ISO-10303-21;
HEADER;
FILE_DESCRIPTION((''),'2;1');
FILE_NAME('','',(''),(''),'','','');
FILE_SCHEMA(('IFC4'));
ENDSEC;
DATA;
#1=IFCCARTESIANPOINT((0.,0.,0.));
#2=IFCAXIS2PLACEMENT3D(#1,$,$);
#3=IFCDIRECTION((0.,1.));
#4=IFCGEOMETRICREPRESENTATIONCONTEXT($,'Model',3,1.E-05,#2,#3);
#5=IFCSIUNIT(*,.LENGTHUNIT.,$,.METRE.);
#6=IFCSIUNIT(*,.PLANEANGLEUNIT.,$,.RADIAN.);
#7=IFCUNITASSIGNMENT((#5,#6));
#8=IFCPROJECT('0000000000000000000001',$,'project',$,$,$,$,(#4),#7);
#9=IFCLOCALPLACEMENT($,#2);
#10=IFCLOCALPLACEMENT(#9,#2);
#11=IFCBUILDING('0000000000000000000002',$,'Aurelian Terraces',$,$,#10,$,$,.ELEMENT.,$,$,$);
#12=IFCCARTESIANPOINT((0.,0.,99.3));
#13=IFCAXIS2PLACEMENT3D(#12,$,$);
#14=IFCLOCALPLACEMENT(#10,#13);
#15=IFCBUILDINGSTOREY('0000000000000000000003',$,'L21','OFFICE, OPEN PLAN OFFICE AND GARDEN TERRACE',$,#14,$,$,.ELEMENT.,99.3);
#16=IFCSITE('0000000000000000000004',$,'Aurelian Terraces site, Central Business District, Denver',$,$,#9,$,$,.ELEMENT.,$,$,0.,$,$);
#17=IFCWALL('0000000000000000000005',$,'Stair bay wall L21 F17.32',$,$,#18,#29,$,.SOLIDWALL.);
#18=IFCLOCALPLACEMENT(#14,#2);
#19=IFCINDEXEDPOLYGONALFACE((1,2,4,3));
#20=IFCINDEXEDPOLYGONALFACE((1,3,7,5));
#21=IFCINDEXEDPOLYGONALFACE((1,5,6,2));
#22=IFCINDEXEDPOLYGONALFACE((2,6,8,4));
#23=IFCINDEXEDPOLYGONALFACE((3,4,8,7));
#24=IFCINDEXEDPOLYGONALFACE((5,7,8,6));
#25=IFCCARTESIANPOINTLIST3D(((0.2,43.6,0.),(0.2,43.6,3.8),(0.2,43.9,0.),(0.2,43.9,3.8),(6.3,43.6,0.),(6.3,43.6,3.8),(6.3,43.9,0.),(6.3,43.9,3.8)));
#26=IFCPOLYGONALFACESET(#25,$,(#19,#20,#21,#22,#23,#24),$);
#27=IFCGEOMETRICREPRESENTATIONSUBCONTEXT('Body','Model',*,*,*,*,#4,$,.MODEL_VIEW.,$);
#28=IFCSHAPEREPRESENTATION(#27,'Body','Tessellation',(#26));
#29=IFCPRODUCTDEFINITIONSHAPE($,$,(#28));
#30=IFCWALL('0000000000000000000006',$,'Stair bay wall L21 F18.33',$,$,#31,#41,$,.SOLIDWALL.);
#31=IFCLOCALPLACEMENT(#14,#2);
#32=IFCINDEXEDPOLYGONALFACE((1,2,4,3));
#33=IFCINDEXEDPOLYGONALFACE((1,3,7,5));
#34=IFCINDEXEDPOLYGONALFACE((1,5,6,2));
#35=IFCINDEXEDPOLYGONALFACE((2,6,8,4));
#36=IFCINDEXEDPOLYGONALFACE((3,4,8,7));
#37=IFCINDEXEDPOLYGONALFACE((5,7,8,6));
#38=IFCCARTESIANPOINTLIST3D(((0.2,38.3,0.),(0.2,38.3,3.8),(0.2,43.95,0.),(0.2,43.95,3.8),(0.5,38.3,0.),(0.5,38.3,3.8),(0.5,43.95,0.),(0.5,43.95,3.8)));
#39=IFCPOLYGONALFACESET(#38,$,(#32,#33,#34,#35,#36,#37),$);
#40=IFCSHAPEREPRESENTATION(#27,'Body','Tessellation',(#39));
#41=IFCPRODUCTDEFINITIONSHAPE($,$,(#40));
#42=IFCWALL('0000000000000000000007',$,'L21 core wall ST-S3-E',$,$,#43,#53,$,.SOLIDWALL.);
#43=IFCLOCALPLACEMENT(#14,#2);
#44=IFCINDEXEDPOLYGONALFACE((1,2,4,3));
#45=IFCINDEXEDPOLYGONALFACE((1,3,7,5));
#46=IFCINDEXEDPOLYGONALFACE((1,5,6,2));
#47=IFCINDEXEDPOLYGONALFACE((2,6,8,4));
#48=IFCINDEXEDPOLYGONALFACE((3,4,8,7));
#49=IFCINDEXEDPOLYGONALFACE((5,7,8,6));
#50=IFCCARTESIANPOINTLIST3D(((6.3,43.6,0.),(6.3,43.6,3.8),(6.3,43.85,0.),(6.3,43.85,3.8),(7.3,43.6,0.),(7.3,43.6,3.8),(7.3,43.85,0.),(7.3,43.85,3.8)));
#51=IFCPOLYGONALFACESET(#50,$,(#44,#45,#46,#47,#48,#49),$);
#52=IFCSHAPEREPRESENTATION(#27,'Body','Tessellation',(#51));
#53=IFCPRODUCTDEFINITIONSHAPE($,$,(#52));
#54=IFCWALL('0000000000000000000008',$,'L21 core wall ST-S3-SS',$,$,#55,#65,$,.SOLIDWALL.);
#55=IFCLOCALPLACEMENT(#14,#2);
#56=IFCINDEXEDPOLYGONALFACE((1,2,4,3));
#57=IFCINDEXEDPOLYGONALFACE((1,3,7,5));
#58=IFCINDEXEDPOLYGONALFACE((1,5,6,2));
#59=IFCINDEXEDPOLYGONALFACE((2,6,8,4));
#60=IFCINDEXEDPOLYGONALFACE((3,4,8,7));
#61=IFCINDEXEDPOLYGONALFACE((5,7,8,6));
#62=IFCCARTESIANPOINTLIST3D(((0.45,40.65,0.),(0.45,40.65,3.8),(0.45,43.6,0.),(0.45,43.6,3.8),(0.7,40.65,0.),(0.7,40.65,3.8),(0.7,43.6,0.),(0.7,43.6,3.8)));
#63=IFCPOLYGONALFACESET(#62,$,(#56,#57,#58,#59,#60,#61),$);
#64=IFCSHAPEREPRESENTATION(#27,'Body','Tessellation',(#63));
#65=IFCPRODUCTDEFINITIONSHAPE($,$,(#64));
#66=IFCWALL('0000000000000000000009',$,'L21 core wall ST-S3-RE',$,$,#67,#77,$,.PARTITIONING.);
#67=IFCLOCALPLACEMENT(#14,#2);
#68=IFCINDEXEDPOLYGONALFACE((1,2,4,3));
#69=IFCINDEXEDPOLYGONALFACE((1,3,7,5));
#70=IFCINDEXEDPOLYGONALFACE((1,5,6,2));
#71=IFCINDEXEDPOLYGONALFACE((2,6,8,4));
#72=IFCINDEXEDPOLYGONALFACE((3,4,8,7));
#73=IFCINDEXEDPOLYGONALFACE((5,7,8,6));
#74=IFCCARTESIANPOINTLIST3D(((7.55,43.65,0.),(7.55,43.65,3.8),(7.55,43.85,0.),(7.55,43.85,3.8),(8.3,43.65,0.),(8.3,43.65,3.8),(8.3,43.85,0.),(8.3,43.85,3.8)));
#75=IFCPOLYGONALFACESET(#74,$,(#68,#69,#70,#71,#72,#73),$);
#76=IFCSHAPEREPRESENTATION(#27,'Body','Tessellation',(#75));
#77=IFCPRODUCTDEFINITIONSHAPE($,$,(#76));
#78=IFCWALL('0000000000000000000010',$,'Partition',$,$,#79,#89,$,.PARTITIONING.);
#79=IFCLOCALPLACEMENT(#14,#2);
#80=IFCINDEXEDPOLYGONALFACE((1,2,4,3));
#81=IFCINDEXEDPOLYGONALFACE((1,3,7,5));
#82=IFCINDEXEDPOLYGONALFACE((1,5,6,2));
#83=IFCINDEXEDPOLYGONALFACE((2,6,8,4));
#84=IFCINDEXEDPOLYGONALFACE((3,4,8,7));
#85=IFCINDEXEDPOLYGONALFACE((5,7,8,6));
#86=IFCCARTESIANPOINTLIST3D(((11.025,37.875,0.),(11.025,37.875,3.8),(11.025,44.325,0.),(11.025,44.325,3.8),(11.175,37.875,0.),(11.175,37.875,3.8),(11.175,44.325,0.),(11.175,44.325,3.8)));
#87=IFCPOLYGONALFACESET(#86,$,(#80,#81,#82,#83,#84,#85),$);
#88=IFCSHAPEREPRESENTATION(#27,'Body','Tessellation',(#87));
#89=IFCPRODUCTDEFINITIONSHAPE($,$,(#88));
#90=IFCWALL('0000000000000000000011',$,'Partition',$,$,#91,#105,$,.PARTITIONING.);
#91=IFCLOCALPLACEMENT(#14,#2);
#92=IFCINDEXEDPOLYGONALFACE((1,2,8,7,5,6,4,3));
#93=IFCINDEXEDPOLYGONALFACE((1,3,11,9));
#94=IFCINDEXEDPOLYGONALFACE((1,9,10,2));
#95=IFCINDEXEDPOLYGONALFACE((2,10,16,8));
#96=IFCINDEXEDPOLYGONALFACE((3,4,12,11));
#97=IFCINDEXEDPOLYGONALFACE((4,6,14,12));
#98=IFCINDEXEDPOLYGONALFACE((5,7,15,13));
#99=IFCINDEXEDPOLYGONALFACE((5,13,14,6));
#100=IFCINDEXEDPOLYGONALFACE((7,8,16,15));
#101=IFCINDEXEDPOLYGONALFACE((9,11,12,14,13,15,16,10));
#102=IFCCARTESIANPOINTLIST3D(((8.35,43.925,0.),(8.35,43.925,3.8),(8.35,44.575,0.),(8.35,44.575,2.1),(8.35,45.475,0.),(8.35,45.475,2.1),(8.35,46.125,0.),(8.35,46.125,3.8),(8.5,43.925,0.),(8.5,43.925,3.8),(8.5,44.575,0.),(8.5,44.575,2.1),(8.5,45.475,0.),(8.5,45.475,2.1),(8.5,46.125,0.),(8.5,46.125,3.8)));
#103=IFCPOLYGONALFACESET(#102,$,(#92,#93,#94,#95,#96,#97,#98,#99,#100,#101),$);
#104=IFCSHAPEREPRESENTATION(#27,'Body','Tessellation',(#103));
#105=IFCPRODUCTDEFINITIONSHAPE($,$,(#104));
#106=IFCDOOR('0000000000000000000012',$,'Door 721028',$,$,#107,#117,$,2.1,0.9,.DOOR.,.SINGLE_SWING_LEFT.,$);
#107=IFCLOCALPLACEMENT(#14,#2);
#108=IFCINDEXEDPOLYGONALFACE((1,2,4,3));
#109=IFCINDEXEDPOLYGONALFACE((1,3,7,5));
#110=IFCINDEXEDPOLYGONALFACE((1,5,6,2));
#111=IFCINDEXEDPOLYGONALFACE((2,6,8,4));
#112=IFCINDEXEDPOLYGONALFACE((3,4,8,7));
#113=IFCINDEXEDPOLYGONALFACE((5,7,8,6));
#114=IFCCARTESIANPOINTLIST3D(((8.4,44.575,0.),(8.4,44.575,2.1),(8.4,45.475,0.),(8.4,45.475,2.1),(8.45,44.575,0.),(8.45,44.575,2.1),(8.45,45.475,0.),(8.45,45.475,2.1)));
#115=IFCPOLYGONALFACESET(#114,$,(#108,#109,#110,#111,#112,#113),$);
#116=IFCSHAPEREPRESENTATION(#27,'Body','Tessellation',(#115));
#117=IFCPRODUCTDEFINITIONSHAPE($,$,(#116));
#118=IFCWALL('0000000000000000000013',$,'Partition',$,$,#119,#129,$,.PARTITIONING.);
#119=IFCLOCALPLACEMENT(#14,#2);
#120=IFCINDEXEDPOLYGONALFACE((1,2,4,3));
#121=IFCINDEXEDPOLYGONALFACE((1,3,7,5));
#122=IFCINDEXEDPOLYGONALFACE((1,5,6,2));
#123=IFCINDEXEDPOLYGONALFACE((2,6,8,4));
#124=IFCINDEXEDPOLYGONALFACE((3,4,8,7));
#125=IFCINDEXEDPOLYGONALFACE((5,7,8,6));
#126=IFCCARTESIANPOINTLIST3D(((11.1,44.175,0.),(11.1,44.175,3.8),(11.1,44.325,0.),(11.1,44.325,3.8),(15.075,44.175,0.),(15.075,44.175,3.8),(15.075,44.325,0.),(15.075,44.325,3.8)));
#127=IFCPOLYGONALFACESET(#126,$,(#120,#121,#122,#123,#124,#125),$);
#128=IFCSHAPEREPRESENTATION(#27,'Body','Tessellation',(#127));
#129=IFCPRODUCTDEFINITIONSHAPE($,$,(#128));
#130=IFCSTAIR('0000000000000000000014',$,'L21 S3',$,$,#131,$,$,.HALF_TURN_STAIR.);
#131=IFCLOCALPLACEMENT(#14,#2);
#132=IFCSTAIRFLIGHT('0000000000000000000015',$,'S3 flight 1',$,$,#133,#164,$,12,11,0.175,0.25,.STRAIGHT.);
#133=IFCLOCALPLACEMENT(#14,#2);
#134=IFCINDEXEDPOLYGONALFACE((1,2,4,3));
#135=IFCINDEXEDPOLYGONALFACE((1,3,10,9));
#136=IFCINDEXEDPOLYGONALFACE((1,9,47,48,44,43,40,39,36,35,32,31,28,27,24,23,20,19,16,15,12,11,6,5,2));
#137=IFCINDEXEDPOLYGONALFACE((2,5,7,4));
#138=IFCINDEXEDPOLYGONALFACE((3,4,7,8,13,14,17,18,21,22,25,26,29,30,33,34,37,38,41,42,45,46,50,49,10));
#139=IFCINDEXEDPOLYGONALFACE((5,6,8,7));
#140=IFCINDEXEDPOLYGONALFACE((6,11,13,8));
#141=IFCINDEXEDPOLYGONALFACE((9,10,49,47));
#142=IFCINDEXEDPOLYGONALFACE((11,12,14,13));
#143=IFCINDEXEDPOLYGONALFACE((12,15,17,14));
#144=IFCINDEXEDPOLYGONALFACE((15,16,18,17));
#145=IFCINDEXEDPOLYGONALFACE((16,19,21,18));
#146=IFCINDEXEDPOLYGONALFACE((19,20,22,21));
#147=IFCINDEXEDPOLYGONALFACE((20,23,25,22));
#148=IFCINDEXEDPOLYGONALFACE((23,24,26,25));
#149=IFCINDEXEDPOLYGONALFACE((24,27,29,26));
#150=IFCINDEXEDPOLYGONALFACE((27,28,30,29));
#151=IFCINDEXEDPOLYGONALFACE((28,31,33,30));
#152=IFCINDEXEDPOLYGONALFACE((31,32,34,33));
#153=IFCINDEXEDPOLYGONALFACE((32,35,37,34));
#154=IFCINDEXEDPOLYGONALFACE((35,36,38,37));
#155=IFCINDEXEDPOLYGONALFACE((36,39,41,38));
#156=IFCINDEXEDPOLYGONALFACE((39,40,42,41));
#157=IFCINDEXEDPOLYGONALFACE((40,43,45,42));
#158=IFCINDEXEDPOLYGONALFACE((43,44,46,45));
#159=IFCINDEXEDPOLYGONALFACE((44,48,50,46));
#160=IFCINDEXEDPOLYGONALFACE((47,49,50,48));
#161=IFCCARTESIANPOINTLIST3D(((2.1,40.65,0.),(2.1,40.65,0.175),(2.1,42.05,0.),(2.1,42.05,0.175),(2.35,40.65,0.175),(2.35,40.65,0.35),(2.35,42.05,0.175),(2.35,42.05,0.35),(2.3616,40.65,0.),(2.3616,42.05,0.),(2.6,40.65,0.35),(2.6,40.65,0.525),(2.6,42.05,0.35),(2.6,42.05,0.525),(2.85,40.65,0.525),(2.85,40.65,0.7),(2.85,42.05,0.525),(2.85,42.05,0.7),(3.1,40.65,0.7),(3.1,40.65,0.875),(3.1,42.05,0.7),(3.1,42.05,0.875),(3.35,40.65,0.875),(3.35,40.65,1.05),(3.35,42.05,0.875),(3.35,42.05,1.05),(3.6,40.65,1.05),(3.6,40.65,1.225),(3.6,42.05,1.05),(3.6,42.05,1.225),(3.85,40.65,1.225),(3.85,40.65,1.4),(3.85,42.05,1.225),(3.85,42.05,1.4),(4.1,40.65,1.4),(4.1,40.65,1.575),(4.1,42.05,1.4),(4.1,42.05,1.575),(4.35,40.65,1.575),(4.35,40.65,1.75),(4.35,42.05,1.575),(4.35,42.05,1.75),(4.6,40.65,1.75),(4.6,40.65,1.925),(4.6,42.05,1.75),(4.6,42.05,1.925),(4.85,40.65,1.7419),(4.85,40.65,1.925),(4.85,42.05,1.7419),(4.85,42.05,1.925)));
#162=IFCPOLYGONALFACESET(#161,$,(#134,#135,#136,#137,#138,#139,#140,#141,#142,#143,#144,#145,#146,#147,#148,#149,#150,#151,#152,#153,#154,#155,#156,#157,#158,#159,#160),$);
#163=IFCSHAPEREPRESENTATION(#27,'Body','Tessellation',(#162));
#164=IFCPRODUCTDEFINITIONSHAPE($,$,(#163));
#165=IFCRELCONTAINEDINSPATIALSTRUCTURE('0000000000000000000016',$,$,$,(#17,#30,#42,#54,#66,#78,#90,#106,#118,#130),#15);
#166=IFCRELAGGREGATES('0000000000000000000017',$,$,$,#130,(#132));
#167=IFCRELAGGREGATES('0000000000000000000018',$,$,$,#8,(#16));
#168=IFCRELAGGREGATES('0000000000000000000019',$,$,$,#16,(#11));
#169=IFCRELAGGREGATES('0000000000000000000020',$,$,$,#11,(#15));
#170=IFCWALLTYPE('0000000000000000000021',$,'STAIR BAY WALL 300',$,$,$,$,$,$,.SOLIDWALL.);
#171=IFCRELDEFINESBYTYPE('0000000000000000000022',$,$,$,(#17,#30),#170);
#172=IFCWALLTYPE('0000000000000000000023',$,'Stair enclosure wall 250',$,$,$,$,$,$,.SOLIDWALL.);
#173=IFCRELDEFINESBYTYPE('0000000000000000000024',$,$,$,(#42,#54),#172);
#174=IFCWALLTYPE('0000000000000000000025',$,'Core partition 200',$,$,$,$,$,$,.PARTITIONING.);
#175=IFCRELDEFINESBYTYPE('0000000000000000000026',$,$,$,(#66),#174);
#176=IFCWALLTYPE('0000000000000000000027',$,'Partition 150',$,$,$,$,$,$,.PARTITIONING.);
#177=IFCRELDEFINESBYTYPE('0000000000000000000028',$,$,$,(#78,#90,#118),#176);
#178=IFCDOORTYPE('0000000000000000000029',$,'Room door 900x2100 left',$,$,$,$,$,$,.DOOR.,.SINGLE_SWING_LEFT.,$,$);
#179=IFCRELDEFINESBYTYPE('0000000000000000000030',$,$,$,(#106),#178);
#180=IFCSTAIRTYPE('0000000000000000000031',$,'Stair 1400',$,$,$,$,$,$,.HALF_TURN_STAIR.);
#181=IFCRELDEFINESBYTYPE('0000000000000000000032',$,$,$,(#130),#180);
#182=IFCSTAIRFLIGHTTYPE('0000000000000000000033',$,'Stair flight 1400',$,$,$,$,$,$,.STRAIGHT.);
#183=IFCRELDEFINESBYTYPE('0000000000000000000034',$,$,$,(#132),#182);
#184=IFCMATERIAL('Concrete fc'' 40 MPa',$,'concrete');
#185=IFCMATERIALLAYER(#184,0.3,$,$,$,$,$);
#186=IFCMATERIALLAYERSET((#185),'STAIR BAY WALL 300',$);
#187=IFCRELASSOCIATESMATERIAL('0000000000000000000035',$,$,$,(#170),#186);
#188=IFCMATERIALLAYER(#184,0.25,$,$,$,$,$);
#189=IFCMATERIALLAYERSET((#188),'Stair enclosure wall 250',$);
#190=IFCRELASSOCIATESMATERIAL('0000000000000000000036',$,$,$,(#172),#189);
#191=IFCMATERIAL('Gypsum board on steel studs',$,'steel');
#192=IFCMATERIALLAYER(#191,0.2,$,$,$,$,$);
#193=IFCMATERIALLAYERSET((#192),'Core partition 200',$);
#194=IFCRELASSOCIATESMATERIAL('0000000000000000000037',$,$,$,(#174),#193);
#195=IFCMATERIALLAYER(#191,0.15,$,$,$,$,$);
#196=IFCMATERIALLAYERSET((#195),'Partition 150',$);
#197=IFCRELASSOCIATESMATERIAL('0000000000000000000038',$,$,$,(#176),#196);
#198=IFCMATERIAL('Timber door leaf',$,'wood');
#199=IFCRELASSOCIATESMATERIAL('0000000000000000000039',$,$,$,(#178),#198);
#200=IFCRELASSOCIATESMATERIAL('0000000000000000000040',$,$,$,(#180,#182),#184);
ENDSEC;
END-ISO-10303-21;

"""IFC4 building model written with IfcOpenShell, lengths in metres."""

from ifc_helpers import new_model, si_unit, direction, frame, frame_2d, origin, place, context, subcontext, project, spatial, polyline, rectangle, outline, extrude, source, transform, mapped, material, layer, layer_set, type_object, element, fill, aggregate, save


model = new_model("IFC4")

# Units and contexts
model_context = context("Model", 3, precision=1e-05, world=origin(), true_north=direction((0.0, 1.0)))
body_context = subcontext(model_context, "Body", "Model", "MODEL_VIEW")
ifc_project = project(units=[si_unit("LENGTHUNIT", "METRE"), si_unit("PLANEANGLEUNIT", "RADIAN")], contexts=[model_context])

# Site, building, storey
site_placement = place(None, origin())
site = spatial("IfcSite", under=ifc_project, at=site_placement, Name="Aurelian Terraces site, Central Business District, Denver", CompositionType="ELEMENT", RefElevation=0.0)
building_placement = place(site_placement, origin())
building = spatial("IfcBuilding", under=site, at=building_placement, Name="Aurelian Terraces", CompositionType="ELEMENT")
storey_placement = place(building_placement, frame((0.0, 0.0, 99.3)))
storey = spatial("IfcBuildingStorey", under=building, at=storey_placement, Name="L21", Description="OFFICE, OPEN PLAN OFFICE AND GARDEN TERRACE", CompositionType="ELEMENT", Elevation=99.3)

# Walls
ifc_material_1 = material(Name="Concrete fc' 40 MPa", Category="concrete")
ifc_layer_1 = layer(ifc_material_1, 0.3)
ifc_layer_set_1 = layer_set([ifc_layer_1], Name="STAIR BAY WALL 300")
wall_type_1 = type_object("IfcWallType", Name="STAIR BAY WALL 300", PredefinedType="SOLIDWALL", material=ifc_layer_set_1)
wall_1_placement = place(storey_placement, frame((6.3, 43.75, 0.0), z_axis=(0.0, 0.0, 1.0), x_axis=(-1.0, 0.0, 0.0)))
element("IfcWall", 1, at=wall_1_placement, inside=storey, type_object=wall_type_1, Name="Stair bay wall L21 F17.32", PredefinedType="SOLIDWALL", context=body_context, shape_type="SweptSolid", body=[
    extrude(rectangle(XDim=6.1, YDim=0.3, at=frame_2d((3.05, 0.0))), origin(), (0.0, 0.0, 1.0), 3.8),
])
wall_2_placement = place(storey_placement, frame((0.35, 43.95, 0.0), z_axis=(0.0, 0.0, 1.0), x_axis=(0.0, -1.0, 0.0)))
element("IfcWall", 2, at=wall_2_placement, inside=storey, type_object=wall_type_1, Name="Stair bay wall L21 F18.33", PredefinedType="SOLIDWALL", context=body_context, shape_type="SweptSolid", body=[
    extrude(rectangle(XDim=5.65, YDim=0.3, at=frame_2d((2.825, 0.0))), origin(), (0.0, 0.0, 1.0), 3.8),
])
ifc_layer_2 = layer(ifc_material_1, 0.25)
ifc_layer_set_2 = layer_set([ifc_layer_2], Name="Stair enclosure wall 250")
wall_type_2 = type_object("IfcWallType", Name="Stair enclosure wall 250", PredefinedType="SOLIDWALL", material=ifc_layer_set_2)
wall_3_placement = place(storey_placement, frame((6.3, 43.725, 0.0), z_axis=(0.0, 0.0, 1.0), x_axis=(1.0, 0.0, 0.0)))
element("IfcWall", 3, at=wall_3_placement, inside=storey, type_object=wall_type_2, Name="L21 core wall ST-S3-E", PredefinedType="SOLIDWALL", context=body_context, shape_type="SweptSolid", body=[
    extrude(rectangle(XDim=1.0, YDim=0.25, at=frame_2d((0.5, 0.0))), origin(), (0.0, 0.0, 1.0), 3.8),
])
shared_shape_1 = source(origin(), body_context, "Body", "SweptSolid", [
    extrude(rectangle(XDim=2.95, YDim=0.25, at=frame_2d((1.475, 0.0))), origin(), (0.0, 0.0, 1.0), 3.8),
])
wall_4_placement = place(storey_placement, frame((0.575, 40.65, 0.0), z_axis=(0.0, 0.0, 1.0), x_axis=(0.0, 1.0, 0.0)))
element("IfcWall", 4, at=wall_4_placement, inside=storey, type_object=wall_type_2, Name="L21 core wall ST-S3-SS", PredefinedType="SOLIDWALL", context=body_context, shape_type="MappedRepresentation", body=[
    mapped(shared_shape_1, transform((0.0, 0.0, 0.0), scale=1.0)),
])
ifc_material_2 = material(Name="Gypsum board on steel studs", Category="steel")
ifc_layer_3 = layer(ifc_material_2, 0.2)
ifc_layer_set_3 = layer_set([ifc_layer_3], Name="Core partition 200")
wall_type_3 = type_object("IfcWallType", Name="Core partition 200", PredefinedType="PARTITIONING", material=ifc_layer_set_3)
shared_shape_2 = source(origin(), body_context, "Body", "SweptSolid", [
    extrude(rectangle(XDim=0.75, YDim=0.2, at=frame_2d((0.375, 0.0))), origin(), (0.0, 0.0, 1.0), 3.8),
])
wall_5_placement = place(storey_placement, frame((7.55, 43.75, 0.0), z_axis=(0.0, 0.0, 1.0), x_axis=(1.0, 0.0, 0.0)))
element("IfcWall", 5, at=wall_5_placement, inside=storey, type_object=wall_type_3, Name="L21 core wall ST-S3-RE", PredefinedType="PARTITIONING", context=body_context, shape_type="MappedRepresentation", body=[
    mapped(shared_shape_2, transform((0.0, 0.0, 0.0), scale=1.0)),
])
ifc_layer_4 = layer(ifc_material_2, 0.15)
ifc_layer_set_4 = layer_set([ifc_layer_4], Name="Partition 150")
wall_type_4 = type_object("IfcWallType", Name="Partition 150", PredefinedType="PARTITIONING", material=ifc_layer_set_4)
shared_shape_3 = source(origin(), body_context, "Body", "SweptSolid", [
    extrude(rectangle(XDim=6.45, YDim=0.15, at=frame_2d((3.225, 0.0))), origin(), (0.0, 0.0, 1.0), 3.8),
])
wall_6_placement = place(storey_placement, frame((11.1, 44.325, 0.0), z_axis=(0.0, 0.0, 1.0), x_axis=(0.0, -1.0, 0.0)))
element("IfcWall", 6, at=wall_6_placement, inside=storey, type_object=wall_type_4, Name="Partition", PredefinedType="PARTITIONING", context=body_context, shape_type="MappedRepresentation", body=[
    mapped(shared_shape_3, transform((0.0, 0.0, 0.0), scale=1.0)),
])

# Wall, opening, door
shared_shape_4 = source(origin(), body_context, "Body", "SweptSolid", [
    extrude(rectangle(XDim=2.2, YDim=0.15, at=frame_2d((1.1, 0.0))), origin(), (0.0, 0.0, 1.0), 3.8),
])
wall_7_placement = place(storey_placement, frame((8.425, 43.925, 0.0), z_axis=(0.0, 0.0, 1.0), x_axis=(0.0, 1.0, 0.0)))
wall_7 = element("IfcWall", 7, at=wall_7_placement, inside=storey, type_object=wall_type_4, Name="Partition", PredefinedType="PARTITIONING", context=body_context, shape_type="MappedRepresentation", body=[
    mapped(shared_shape_4, transform((0.0, 0.0, 0.0), scale=1.0)),
])
shared_shape_5 = source(origin(), body_context, "Body", "SweptSolid", [
    extrude(rectangle(XDim=0.9, YDim=2.1, at=frame_2d((0.45, 1.05))), frame((0.0, 0.085, 0.0), z_axis=(0.0, -1.0, 0.0), x_axis=(1.0, 0.0, 0.0)), (0.0, 0.0, 1.0), 0.17),
])
opening_placement = place(wall_7_placement, frame((0.65, 0.0, 0.0)))
opening = element("IfcOpeningElement", 8, at=opening_placement, cuts=wall_7, PredefinedType="OPENING", context=body_context, shape_type="MappedRepresentation", body=[
    mapped(shared_shape_5, transform((0.0, 0.0, 0.0), scale=1.0)),
])
ifc_material_3 = material(Name="Timber door leaf", Category="wood")
door_type = type_object("IfcDoorType", Name="Room door 900x2100 left", OperationType="SINGLE_SWING_LEFT", PredefinedType="DOOR", material=ifc_material_3)
shared_shape_6 = source(origin(), body_context, "Body", "SweptSolid", [
    extrude(rectangle(XDim=0.9, YDim=2.1, at=frame_2d((0.45, 1.05))), frame((0.0, 0.025, 0.0), z_axis=(0.0, -1.0, 0.0), x_axis=(1.0, 0.0, 0.0)), (0.0, 0.0, 1.0), 0.05),
])
door_placement = place(opening_placement, origin())
door = element("IfcDoor", 9, at=door_placement, inside=storey, type_object=door_type, Name="Door 721028", OperationType="SINGLE_SWING_LEFT", OverallHeight=2.1, OverallWidth=0.9, PredefinedType="DOOR", context=body_context, shape_type="MappedRepresentation", body=[
    mapped(shared_shape_6, transform((0.0, 0.0, 0.0), scale=1.0)),
])
fill(opening, door)

# Wall
shared_shape_7 = source(origin(), body_context, "Body", "SweptSolid", [
    extrude(rectangle(XDim=3.975, YDim=0.15, at=frame_2d((1.9875, 0.0))), origin(), (0.0, 0.0, 1.0), 3.8),
])
wall_8_placement = place(storey_placement, frame((15.075, 44.25, 0.0), z_axis=(0.0, 0.0, 1.0), x_axis=(-1.0, 0.0, 0.0)))
element("IfcWall", 10, at=wall_8_placement, inside=storey, type_object=wall_type_4, Name="Partition", PredefinedType="PARTITIONING", context=body_context, shape_type="MappedRepresentation", body=[
    mapped(shared_shape_7, transform((0.0, 0.0, 0.0), scale=1.0)),
])

# Stair, stair flight
stair_type = type_object("IfcStairType", Name="Stair 1400", PredefinedType="HALF_TURN_STAIR", material=ifc_material_1)
stair_placement = place(storey_placement, origin())
stair = element("IfcStair", 11, at=stair_placement, inside=storey, type_object=stair_type, Name="L21 S3", PredefinedType="HALF_TURN_STAIR")
stair_flight_type = type_object("IfcStairFlightType", Name="Stair flight 1400", PredefinedType="STRAIGHT", material=ifc_material_1)
shared_shape_8 = source(origin(), body_context, "Body", "SweptSolid", [
    extrude(outline(polyline([(0.0, 0.0), (0.0, 0.175), (0.25, 0.175), (0.25, 0.35), (0.5, 0.35), (0.5, 0.525), (0.75, 0.525), (0.75, 0.7), (1.0, 0.7), (1.0, 0.875), (1.25, 0.875), (1.25, 1.05), (1.5, 1.05), (1.5, 1.225), (1.75, 1.225), (1.75, 1.4), (2.0, 1.4), (2.0, 1.575), (2.25, 1.575), (2.25, 1.75), (2.5, 1.75), (2.5, 1.925), (2.75, 1.925), (2.75, 2.1), (2.75, 1.7419), (0.2616, 0.0), (0.0, 0.0)])), frame((0.0, 0.7, 0.0), z_axis=(0.0, -1.0, 0.0), x_axis=(1.0, 0.0, 0.0)), (0.0, 0.0, 1.0), 1.4),
])
stair_flight_1_placement = place(storey_placement, frame((2.1, 41.35, 0.0), z_axis=(0.0, 0.0, 1.0), x_axis=(1.0, 0.0, 0.0)))
stair_flight_1 = element("IfcStairFlight", 12, at=stair_flight_1_placement, type_object=stair_flight_type, Name="S3 flight 1", NumberOfRisers=12, NumberOfTreads=11, PredefinedType="STRAIGHT", RiserHeight=0.175, TreadLength=0.25, context=body_context, shape_type="MappedRepresentation", body=[
    mapped(shared_shape_8, transform((0.0, 0.0, 0.0), scale=1.0)),
])
aggregate(stair, [stair_flight_1])

save(model, "model.ifc")
